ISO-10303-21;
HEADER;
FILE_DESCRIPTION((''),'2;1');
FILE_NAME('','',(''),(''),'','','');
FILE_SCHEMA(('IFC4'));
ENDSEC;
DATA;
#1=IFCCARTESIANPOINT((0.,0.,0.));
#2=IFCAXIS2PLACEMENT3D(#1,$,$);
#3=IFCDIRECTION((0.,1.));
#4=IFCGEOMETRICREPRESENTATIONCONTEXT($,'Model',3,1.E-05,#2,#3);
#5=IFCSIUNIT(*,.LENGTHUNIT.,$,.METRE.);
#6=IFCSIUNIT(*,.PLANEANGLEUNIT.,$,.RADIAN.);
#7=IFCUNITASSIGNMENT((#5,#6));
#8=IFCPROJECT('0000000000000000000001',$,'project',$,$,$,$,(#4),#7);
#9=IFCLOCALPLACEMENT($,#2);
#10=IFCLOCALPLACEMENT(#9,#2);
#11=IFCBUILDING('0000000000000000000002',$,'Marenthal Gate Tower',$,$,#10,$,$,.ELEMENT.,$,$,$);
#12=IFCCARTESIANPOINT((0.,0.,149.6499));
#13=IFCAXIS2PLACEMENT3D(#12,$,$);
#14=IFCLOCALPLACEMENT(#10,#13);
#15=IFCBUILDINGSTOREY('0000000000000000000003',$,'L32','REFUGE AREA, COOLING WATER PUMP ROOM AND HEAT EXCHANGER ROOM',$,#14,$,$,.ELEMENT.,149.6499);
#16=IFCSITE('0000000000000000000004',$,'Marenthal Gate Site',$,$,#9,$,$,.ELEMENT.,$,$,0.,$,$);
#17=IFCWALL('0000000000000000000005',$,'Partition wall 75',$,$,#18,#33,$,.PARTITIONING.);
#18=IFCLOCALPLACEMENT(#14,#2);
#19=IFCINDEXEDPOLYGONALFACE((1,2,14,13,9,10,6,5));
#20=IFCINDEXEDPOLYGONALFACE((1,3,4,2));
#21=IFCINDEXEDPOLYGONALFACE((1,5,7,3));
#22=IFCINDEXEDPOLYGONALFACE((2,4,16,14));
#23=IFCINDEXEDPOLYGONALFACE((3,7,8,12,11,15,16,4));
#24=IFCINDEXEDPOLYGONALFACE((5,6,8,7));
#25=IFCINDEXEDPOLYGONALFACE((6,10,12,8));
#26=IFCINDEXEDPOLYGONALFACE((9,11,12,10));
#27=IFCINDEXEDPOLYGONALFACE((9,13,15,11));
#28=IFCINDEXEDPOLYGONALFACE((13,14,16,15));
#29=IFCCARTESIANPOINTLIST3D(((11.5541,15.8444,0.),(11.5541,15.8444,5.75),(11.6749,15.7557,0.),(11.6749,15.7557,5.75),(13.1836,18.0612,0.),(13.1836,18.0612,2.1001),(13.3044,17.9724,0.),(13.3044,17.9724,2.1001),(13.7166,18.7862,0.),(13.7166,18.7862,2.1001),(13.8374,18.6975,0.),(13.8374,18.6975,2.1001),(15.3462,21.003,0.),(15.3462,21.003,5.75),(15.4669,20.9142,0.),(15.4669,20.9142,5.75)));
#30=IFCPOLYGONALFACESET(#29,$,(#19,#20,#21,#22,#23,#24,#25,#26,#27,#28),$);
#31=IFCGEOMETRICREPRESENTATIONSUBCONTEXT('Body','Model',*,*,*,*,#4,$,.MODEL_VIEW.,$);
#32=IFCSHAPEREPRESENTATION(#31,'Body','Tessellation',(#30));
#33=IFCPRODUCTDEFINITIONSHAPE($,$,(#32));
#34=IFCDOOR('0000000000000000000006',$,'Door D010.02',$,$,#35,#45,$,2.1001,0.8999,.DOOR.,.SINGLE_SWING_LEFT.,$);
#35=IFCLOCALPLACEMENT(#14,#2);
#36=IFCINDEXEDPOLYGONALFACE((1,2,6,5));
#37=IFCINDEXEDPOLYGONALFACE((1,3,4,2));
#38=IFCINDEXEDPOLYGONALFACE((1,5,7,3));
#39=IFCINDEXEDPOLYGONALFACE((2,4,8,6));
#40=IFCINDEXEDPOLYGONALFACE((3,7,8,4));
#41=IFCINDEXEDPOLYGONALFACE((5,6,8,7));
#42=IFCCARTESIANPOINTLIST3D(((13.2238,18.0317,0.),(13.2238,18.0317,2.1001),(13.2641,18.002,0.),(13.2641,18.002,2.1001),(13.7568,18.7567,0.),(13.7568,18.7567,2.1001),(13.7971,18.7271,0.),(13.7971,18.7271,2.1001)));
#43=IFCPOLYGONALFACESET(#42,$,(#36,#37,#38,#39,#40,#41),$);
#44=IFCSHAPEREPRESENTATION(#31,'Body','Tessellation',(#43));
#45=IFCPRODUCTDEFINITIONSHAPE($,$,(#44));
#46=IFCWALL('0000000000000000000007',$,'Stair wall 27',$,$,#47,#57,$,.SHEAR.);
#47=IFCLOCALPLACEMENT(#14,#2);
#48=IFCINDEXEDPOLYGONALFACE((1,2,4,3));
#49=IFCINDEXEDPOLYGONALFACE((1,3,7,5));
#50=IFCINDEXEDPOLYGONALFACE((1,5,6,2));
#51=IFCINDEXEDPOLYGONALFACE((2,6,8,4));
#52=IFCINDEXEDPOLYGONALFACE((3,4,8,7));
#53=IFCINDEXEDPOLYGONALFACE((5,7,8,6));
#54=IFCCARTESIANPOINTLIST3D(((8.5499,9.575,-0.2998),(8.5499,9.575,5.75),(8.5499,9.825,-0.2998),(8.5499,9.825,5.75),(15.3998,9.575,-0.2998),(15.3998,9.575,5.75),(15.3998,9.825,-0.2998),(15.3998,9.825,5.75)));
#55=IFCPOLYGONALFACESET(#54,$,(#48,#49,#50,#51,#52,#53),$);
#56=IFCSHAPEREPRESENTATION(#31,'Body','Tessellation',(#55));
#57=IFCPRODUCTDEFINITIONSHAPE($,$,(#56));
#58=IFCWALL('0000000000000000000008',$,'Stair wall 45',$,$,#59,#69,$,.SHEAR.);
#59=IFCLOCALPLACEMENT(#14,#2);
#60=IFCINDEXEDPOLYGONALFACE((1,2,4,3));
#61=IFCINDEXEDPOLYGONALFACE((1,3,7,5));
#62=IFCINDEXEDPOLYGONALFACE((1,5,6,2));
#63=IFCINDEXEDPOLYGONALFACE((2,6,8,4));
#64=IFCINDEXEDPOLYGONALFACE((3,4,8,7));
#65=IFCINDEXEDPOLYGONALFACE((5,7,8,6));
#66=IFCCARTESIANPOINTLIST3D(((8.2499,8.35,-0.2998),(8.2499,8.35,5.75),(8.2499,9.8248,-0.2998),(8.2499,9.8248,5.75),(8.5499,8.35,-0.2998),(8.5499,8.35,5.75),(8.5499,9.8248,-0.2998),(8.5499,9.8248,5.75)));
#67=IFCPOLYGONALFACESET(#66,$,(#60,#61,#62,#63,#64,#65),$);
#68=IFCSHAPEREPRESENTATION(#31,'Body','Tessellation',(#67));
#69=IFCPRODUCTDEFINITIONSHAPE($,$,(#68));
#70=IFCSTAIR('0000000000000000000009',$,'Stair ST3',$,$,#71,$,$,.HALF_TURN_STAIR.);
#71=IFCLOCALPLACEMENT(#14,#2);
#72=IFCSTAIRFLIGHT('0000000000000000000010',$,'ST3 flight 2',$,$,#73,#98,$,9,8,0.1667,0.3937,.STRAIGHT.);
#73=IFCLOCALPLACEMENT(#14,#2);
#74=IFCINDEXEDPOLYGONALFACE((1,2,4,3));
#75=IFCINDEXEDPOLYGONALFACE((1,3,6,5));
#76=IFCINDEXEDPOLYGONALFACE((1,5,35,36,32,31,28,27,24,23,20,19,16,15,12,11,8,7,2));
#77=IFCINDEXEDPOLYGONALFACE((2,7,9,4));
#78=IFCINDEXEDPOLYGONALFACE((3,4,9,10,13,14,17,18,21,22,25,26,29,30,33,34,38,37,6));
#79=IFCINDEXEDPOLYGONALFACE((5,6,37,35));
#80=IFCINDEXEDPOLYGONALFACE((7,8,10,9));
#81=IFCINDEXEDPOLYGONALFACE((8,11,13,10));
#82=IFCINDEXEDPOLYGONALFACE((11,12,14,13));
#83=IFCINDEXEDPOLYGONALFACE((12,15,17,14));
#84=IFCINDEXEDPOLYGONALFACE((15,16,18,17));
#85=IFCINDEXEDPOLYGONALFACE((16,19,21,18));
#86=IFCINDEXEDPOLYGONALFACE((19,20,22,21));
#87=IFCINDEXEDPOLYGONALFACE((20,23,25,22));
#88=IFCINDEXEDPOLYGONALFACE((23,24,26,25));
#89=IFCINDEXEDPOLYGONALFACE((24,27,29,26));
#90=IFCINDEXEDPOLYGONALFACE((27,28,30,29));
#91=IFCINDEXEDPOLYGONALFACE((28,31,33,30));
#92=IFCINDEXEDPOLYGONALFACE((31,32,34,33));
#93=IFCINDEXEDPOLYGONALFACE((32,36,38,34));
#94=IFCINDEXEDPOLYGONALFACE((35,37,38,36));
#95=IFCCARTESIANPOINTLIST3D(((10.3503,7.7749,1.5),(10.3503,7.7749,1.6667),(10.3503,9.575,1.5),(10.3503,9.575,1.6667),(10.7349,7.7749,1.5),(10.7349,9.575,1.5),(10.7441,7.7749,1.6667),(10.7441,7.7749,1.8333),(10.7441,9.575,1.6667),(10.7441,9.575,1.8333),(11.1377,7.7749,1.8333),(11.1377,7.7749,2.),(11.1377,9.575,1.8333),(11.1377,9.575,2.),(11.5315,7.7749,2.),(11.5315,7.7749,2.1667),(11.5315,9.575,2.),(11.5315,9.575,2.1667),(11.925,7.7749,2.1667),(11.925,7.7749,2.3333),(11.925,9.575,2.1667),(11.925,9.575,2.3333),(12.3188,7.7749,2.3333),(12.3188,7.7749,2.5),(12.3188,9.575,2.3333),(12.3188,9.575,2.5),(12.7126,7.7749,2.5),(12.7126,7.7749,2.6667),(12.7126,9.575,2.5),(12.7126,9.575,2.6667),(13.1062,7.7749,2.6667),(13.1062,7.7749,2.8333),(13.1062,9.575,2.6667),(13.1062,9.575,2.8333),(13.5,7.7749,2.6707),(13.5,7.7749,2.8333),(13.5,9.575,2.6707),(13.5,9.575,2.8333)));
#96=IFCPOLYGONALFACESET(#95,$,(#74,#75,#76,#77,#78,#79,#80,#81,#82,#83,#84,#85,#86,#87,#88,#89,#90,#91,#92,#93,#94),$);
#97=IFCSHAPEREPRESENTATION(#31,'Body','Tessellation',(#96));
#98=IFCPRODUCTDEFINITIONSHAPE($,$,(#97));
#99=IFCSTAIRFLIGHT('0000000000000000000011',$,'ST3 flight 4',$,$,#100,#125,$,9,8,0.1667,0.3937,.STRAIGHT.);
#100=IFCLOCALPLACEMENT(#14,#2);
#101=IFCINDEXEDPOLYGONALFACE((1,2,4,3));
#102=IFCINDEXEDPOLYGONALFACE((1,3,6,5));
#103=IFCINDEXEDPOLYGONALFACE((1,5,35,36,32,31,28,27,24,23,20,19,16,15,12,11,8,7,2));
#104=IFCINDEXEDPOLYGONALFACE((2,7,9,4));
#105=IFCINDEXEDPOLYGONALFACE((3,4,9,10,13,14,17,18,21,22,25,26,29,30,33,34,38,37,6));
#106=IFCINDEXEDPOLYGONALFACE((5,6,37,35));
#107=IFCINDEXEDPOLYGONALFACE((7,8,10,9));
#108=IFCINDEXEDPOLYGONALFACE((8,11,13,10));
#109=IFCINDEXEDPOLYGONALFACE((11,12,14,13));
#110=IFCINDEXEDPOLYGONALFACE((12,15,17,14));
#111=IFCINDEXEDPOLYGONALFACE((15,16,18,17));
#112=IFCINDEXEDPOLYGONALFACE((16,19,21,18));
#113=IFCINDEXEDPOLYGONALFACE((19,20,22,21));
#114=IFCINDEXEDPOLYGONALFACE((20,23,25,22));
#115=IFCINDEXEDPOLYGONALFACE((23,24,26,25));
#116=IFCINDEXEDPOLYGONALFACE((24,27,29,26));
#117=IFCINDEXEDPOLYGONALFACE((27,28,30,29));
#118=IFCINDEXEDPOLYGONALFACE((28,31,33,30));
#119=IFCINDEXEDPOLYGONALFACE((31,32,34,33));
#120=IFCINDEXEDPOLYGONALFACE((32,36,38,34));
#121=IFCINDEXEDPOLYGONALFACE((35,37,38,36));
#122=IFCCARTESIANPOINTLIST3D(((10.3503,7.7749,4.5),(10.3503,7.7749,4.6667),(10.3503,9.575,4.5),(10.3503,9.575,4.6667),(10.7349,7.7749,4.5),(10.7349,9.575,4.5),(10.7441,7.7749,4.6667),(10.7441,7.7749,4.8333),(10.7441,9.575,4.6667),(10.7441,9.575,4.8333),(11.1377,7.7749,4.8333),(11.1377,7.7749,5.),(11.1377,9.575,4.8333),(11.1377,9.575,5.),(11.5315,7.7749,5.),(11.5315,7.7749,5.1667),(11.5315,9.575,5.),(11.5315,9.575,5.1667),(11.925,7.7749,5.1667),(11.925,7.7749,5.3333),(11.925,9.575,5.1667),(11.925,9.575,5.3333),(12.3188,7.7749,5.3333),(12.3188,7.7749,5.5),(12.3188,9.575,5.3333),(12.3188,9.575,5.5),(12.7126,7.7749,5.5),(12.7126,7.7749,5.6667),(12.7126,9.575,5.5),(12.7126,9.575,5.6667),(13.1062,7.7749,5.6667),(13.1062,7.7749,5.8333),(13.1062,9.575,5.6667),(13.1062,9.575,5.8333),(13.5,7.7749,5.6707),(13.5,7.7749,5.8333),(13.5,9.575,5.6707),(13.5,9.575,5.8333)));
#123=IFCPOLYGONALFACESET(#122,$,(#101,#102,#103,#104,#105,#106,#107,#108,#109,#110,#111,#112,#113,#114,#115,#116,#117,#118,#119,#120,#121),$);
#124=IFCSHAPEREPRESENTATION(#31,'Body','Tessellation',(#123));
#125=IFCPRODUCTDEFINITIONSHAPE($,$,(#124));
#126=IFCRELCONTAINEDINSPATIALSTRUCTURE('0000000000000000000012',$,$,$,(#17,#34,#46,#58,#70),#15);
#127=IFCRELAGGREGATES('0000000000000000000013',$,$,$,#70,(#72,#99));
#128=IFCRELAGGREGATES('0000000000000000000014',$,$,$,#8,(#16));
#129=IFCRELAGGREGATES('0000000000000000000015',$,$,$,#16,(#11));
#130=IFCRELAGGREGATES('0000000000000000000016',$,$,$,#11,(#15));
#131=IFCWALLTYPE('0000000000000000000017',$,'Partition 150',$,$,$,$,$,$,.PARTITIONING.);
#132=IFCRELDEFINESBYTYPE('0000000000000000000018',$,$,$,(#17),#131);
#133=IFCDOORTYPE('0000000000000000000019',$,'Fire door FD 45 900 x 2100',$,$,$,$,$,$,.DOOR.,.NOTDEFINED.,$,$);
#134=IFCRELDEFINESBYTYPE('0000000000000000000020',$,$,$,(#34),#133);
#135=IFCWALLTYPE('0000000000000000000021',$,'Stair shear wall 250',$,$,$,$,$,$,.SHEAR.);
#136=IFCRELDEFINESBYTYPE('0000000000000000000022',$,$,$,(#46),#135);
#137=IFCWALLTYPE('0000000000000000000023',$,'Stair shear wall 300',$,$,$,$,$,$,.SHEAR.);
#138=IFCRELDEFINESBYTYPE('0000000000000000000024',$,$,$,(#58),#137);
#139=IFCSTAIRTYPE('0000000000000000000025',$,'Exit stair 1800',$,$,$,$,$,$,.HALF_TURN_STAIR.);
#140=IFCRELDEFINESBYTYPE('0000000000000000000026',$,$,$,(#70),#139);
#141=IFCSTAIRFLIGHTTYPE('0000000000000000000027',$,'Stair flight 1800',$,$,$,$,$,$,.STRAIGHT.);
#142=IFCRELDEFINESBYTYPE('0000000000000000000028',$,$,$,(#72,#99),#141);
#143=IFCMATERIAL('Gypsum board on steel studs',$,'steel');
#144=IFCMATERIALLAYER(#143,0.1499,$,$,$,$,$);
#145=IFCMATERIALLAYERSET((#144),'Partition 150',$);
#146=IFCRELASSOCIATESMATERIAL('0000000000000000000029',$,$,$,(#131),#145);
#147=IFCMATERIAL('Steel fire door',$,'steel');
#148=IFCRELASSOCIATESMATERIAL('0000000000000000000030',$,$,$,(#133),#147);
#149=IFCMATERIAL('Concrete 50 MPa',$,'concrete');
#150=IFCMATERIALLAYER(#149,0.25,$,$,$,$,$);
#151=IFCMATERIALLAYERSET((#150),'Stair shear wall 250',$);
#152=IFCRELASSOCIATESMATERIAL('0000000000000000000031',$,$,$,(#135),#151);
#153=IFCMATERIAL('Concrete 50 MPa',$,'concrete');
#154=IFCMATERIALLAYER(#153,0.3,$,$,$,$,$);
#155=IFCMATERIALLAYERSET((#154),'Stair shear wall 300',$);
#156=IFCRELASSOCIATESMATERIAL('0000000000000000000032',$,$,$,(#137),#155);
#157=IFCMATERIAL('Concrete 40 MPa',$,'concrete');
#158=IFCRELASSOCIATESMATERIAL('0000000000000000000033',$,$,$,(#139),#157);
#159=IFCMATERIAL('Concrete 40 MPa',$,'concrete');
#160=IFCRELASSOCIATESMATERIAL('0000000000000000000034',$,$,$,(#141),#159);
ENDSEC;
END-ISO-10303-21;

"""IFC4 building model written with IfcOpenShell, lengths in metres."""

from ifc_helpers import new_model, si_unit, direction, frame, frame_2d, origin, place, context, subcontext, project, spatial, polyline, rectangle, outline, extrude, material, layer, layer_set, type_object, element, fill, aggregate, save


model = new_model("IFC4")

# Units and contexts
model_context = context("Model", 3, precision=1e-05, world=origin(), true_north=direction((0.0, 1.0)))
body_context = subcontext(model_context, "Body", "Model", "MODEL_VIEW")
ifc_project = project(units=[si_unit("LENGTHUNIT", "METRE"), si_unit("PLANEANGLEUNIT", "RADIAN")], contexts=[model_context])

# Site, building, storey
site_placement = place(None, origin())
site = spatial("IfcSite", under=ifc_project, at=site_placement, Name="Marenthal Gate Site", CompositionType="ELEMENT", RefElevation=0.0)
building_placement = place(site_placement, origin())
building = spatial("IfcBuilding", under=site, at=building_placement, Name="Marenthal Gate Tower", CompositionType="ELEMENT")
storey_placement = place(building_placement, frame((0.0, 0.0, 149.6499)))
storey = spatial("IfcBuildingStorey", under=building, at=storey_placement, Name="L32", Description="REFUGE AREA, COOLING WATER PUMP ROOM AND HEAT EXCHANGER ROOM", CompositionType="ELEMENT", Elevation=149.6499)

# Shared definitions
ifc_material_1 = material(Name="Gypsum board on steel studs", Category="steel")
ifc_layer_1 = layer(ifc_material_1, 0.1499)
ifc_layer_set_1 = layer_set([ifc_layer_1], Name="Partition 150")
wall_type_1 = type_object("IfcWallType", Name="Partition 150", PredefinedType="PARTITIONING", material=ifc_layer_set_1)

# Wall, opening, door
wall_1_placement = place(storey_placement, frame((11.6145, 15.8, 0.0), z_axis=(0.0, 0.0, 1.0), x_axis=(0.592291, 0.805724, 0.0)))
wall_1 = element("IfcWall", 1, at=wall_1_placement, inside=storey, type_object=wall_type_1, Name="Partition wall 75", PredefinedType="PARTITIONING", context=body_context, shape_type="SweptSolid", body=[
    extrude(rectangle(XDim=6.4023, YDim=0.1499, at=frame_2d((3.2012, 0.0))), origin(), (0.0, 0.0, 1.0), 5.75),
])
opening_1_placement = place(wall_1_placement, frame((2.7512, 0.0, 0.0)))
opening_1 = element("IfcOpeningElement", 2, at=opening_1_placement, cuts=wall_1, PredefinedType="OPENING", context=body_context, shape_type="SweptSolid", body=[
    extrude(rectangle(XDim=0.8999, YDim=2.1001, at=frame_2d((0.45, 1.05))), frame((0.0, 0.085, 0.0), z_axis=(0.0, -1.0, 0.0), x_axis=(1.0, 0.0, 0.0)), (0.0, 0.0, 1.0), 0.1699),
])
ifc_material_2 = material(Name="Steel fire door", Category="steel")
door_type_1 = type_object("IfcDoorType", Name="Fire door FD 45 900 x 2100", OperationType="NOTDEFINED", PredefinedType="DOOR", material=ifc_material_2)
door_1_placement = place(opening_1_placement, frame((0.8999, 0.0, 0.0), z_axis=(0.0, 0.0, 1.0), x_axis=(-1.0, 0.0, 0.0)))
door_1 = element("IfcDoor", 3, at=door_1_placement, inside=storey, type_object=door_type_1, Name="Door D010.02", OperationType="SINGLE_SWING_LEFT", OverallHeight=2.1001, OverallWidth=0.8999, PredefinedType="DOOR", context=body_context, shape_type="SweptSolid", body=[
    extrude(rectangle(XDim=0.8999, YDim=2.1001, at=frame_2d((0.45, 1.05))), frame((0.0, 0.0249, 0.0), z_axis=(0.0, -1.0, 0.0), x_axis=(1.0, 0.0, 0.0)), (0.0, 0.0, 1.0), 0.05),
])
fill(opening_1, door_1)

# Walls
ifc_material_3 = material(Name="Concrete 50 MPa", Category="concrete")
ifc_layer_2 = layer(ifc_material_3, 0.25)
ifc_layer_set_2 = layer_set([ifc_layer_2], Name="Stair shear wall 250")
wall_type_2 = type_object("IfcWallType", Name="Stair shear wall 250", PredefinedType="SHEAR", material=ifc_layer_set_2)
wall_2_placement = place(storey_placement, frame((8.55, 9.7, -0.2998), z_axis=(0.0, 0.0, 1.0), x_axis=(1.0, 0.0, 0.0)))
element("IfcWall", 4, at=wall_2_placement, inside=storey, type_object=wall_type_2, Name="Stair wall 27", PredefinedType="SHEAR", context=body_context, shape_type="SweptSolid", body=[
    extrude(rectangle(XDim=6.8499, YDim=0.25, at=frame_2d((3.4248, 0.0))), origin(), (0.0, 0.0, 1.0), 6.0498),
])
ifc_material_4 = material(Name="Concrete 50 MPa", Category="concrete")
ifc_layer_3 = layer(ifc_material_4, 0.3)
ifc_layer_set_3 = layer_set([ifc_layer_3], Name="Stair shear wall 300")
wall_type_3 = type_object("IfcWallType", Name="Stair shear wall 300", PredefinedType="SHEAR", material=ifc_layer_set_3)
wall_3_placement = place(storey_placement, frame((8.3999, 8.3501, -0.2998), z_axis=(0.0, 0.0, 1.0), x_axis=(0.0, 1.0, 0.0)))
element("IfcWall", 5, at=wall_3_placement, inside=storey, type_object=wall_type_3, Name="Stair wall 45", PredefinedType="SHEAR", context=body_context, shape_type="SweptSolid", body=[
    extrude(rectangle(XDim=1.4749, YDim=0.3, at=frame_2d((0.7373, 0.0))), origin(), (0.0, 0.0, 1.0), 6.0498),
])

# Stair, stair flights
ifc_material_5 = material(Name="Concrete 40 MPa", Category="concrete")
stair_type = type_object("IfcStairType", Name="Exit stair 1800", PredefinedType="HALF_TURN_STAIR", material=ifc_material_5)
stair_placement = place(storey_placement, origin())
stair = element("IfcStair", 6, at=stair_placement, inside=storey, type_object=stair_type, Name="Stair ST3", PredefinedType="HALF_TURN_STAIR")
ifc_material_6 = material(Name="Concrete 40 MPa", Category="concrete")
stair_flight_type = type_object("IfcStairFlightType", Name="Stair flight 1800", PredefinedType="STRAIGHT", material=ifc_material_6)
stair_flight_1_placement = place(storey_placement, frame((10.3503, 8.675, 1.5), z_axis=(0.0, 0.0, 1.0), x_axis=(1.0, 0.0, 0.0)))
stair_flight_1 = element("IfcStairFlight", 7, at=stair_flight_1_placement, type_object=stair_flight_type, Name="ST3 flight 2", NumberOfRisers=9, NumberOfTreads=8, PredefinedType="STRAIGHT", RiserHeight=0.1667, TreadLength=0.3937, context=body_context, shape_type="SweptSolid", body=[
    extrude(outline(polyline([(0.0, 0.0), (0.0, 0.1667), (0.3938, 0.1667), (0.3938, 0.3333), (0.7874, 0.3333), (0.7874, 0.5), (1.1812, 0.5), (1.1812, 0.6667), (1.5747, 0.6667), (1.5747, 0.8333), (1.9685, 0.8333), (1.9685, 1.0), (2.3623, 1.0), (2.3623, 1.1667), (2.7559, 1.1667), (2.7559, 1.3333), (3.1497, 1.3333), (3.1497, 1.5), (3.1497, 1.1707), (0.3845, 0.0), (0.0, 0.0)])), frame((0.0, 0.8999, 0.0), z_axis=(0.0, -1.0, 0.0), x_axis=(1.0, 0.0, 0.0)), (0.0, 0.0, 1.0), 1.8),
])
stair_flight_2_placement = place(storey_placement, frame((10.3503, 8.675, 4.5), z_axis=(0.0, 0.0, 1.0), x_axis=(1.0, 0.0, 0.0)))
stair_flight_2 = element("IfcStairFlight", 8, at=stair_flight_2_placement, type_object=stair_flight_type, Name="ST3 flight 4", NumberOfRisers=9, NumberOfTreads=8, PredefinedType="STRAIGHT", RiserHeight=0.1667, TreadLength=0.3937, context=body_context, shape_type="SweptSolid", body=[
    extrude(outline(polyline([(0.0, 0.0), (0.0, 0.1667), (0.3938, 0.1667), (0.3938, 0.3333), (0.7874, 0.3333), (0.7874, 0.5), (1.1812, 0.5), (1.1812, 0.6667), (1.5747, 0.6667), (1.5747, 0.8333), (1.9685, 0.8333), (1.9685, 1.0), (2.3623, 1.0), (2.3623, 1.1667), (2.7559, 1.1667), (2.7559, 1.3333), (3.1497, 1.3333), (3.1497, 1.5), (3.1497, 1.1707), (0.3845, 0.0), (0.0, 0.0)])), frame((0.0, 0.8999, 0.0), z_axis=(0.0, -1.0, 0.0), x_axis=(1.0, 0.0, 0.0)), (0.0, 0.0, 1.0), 1.8),
])
aggregate(stair, [stair_flight_1, stair_flight_2])

save(model, "model.ifc")
